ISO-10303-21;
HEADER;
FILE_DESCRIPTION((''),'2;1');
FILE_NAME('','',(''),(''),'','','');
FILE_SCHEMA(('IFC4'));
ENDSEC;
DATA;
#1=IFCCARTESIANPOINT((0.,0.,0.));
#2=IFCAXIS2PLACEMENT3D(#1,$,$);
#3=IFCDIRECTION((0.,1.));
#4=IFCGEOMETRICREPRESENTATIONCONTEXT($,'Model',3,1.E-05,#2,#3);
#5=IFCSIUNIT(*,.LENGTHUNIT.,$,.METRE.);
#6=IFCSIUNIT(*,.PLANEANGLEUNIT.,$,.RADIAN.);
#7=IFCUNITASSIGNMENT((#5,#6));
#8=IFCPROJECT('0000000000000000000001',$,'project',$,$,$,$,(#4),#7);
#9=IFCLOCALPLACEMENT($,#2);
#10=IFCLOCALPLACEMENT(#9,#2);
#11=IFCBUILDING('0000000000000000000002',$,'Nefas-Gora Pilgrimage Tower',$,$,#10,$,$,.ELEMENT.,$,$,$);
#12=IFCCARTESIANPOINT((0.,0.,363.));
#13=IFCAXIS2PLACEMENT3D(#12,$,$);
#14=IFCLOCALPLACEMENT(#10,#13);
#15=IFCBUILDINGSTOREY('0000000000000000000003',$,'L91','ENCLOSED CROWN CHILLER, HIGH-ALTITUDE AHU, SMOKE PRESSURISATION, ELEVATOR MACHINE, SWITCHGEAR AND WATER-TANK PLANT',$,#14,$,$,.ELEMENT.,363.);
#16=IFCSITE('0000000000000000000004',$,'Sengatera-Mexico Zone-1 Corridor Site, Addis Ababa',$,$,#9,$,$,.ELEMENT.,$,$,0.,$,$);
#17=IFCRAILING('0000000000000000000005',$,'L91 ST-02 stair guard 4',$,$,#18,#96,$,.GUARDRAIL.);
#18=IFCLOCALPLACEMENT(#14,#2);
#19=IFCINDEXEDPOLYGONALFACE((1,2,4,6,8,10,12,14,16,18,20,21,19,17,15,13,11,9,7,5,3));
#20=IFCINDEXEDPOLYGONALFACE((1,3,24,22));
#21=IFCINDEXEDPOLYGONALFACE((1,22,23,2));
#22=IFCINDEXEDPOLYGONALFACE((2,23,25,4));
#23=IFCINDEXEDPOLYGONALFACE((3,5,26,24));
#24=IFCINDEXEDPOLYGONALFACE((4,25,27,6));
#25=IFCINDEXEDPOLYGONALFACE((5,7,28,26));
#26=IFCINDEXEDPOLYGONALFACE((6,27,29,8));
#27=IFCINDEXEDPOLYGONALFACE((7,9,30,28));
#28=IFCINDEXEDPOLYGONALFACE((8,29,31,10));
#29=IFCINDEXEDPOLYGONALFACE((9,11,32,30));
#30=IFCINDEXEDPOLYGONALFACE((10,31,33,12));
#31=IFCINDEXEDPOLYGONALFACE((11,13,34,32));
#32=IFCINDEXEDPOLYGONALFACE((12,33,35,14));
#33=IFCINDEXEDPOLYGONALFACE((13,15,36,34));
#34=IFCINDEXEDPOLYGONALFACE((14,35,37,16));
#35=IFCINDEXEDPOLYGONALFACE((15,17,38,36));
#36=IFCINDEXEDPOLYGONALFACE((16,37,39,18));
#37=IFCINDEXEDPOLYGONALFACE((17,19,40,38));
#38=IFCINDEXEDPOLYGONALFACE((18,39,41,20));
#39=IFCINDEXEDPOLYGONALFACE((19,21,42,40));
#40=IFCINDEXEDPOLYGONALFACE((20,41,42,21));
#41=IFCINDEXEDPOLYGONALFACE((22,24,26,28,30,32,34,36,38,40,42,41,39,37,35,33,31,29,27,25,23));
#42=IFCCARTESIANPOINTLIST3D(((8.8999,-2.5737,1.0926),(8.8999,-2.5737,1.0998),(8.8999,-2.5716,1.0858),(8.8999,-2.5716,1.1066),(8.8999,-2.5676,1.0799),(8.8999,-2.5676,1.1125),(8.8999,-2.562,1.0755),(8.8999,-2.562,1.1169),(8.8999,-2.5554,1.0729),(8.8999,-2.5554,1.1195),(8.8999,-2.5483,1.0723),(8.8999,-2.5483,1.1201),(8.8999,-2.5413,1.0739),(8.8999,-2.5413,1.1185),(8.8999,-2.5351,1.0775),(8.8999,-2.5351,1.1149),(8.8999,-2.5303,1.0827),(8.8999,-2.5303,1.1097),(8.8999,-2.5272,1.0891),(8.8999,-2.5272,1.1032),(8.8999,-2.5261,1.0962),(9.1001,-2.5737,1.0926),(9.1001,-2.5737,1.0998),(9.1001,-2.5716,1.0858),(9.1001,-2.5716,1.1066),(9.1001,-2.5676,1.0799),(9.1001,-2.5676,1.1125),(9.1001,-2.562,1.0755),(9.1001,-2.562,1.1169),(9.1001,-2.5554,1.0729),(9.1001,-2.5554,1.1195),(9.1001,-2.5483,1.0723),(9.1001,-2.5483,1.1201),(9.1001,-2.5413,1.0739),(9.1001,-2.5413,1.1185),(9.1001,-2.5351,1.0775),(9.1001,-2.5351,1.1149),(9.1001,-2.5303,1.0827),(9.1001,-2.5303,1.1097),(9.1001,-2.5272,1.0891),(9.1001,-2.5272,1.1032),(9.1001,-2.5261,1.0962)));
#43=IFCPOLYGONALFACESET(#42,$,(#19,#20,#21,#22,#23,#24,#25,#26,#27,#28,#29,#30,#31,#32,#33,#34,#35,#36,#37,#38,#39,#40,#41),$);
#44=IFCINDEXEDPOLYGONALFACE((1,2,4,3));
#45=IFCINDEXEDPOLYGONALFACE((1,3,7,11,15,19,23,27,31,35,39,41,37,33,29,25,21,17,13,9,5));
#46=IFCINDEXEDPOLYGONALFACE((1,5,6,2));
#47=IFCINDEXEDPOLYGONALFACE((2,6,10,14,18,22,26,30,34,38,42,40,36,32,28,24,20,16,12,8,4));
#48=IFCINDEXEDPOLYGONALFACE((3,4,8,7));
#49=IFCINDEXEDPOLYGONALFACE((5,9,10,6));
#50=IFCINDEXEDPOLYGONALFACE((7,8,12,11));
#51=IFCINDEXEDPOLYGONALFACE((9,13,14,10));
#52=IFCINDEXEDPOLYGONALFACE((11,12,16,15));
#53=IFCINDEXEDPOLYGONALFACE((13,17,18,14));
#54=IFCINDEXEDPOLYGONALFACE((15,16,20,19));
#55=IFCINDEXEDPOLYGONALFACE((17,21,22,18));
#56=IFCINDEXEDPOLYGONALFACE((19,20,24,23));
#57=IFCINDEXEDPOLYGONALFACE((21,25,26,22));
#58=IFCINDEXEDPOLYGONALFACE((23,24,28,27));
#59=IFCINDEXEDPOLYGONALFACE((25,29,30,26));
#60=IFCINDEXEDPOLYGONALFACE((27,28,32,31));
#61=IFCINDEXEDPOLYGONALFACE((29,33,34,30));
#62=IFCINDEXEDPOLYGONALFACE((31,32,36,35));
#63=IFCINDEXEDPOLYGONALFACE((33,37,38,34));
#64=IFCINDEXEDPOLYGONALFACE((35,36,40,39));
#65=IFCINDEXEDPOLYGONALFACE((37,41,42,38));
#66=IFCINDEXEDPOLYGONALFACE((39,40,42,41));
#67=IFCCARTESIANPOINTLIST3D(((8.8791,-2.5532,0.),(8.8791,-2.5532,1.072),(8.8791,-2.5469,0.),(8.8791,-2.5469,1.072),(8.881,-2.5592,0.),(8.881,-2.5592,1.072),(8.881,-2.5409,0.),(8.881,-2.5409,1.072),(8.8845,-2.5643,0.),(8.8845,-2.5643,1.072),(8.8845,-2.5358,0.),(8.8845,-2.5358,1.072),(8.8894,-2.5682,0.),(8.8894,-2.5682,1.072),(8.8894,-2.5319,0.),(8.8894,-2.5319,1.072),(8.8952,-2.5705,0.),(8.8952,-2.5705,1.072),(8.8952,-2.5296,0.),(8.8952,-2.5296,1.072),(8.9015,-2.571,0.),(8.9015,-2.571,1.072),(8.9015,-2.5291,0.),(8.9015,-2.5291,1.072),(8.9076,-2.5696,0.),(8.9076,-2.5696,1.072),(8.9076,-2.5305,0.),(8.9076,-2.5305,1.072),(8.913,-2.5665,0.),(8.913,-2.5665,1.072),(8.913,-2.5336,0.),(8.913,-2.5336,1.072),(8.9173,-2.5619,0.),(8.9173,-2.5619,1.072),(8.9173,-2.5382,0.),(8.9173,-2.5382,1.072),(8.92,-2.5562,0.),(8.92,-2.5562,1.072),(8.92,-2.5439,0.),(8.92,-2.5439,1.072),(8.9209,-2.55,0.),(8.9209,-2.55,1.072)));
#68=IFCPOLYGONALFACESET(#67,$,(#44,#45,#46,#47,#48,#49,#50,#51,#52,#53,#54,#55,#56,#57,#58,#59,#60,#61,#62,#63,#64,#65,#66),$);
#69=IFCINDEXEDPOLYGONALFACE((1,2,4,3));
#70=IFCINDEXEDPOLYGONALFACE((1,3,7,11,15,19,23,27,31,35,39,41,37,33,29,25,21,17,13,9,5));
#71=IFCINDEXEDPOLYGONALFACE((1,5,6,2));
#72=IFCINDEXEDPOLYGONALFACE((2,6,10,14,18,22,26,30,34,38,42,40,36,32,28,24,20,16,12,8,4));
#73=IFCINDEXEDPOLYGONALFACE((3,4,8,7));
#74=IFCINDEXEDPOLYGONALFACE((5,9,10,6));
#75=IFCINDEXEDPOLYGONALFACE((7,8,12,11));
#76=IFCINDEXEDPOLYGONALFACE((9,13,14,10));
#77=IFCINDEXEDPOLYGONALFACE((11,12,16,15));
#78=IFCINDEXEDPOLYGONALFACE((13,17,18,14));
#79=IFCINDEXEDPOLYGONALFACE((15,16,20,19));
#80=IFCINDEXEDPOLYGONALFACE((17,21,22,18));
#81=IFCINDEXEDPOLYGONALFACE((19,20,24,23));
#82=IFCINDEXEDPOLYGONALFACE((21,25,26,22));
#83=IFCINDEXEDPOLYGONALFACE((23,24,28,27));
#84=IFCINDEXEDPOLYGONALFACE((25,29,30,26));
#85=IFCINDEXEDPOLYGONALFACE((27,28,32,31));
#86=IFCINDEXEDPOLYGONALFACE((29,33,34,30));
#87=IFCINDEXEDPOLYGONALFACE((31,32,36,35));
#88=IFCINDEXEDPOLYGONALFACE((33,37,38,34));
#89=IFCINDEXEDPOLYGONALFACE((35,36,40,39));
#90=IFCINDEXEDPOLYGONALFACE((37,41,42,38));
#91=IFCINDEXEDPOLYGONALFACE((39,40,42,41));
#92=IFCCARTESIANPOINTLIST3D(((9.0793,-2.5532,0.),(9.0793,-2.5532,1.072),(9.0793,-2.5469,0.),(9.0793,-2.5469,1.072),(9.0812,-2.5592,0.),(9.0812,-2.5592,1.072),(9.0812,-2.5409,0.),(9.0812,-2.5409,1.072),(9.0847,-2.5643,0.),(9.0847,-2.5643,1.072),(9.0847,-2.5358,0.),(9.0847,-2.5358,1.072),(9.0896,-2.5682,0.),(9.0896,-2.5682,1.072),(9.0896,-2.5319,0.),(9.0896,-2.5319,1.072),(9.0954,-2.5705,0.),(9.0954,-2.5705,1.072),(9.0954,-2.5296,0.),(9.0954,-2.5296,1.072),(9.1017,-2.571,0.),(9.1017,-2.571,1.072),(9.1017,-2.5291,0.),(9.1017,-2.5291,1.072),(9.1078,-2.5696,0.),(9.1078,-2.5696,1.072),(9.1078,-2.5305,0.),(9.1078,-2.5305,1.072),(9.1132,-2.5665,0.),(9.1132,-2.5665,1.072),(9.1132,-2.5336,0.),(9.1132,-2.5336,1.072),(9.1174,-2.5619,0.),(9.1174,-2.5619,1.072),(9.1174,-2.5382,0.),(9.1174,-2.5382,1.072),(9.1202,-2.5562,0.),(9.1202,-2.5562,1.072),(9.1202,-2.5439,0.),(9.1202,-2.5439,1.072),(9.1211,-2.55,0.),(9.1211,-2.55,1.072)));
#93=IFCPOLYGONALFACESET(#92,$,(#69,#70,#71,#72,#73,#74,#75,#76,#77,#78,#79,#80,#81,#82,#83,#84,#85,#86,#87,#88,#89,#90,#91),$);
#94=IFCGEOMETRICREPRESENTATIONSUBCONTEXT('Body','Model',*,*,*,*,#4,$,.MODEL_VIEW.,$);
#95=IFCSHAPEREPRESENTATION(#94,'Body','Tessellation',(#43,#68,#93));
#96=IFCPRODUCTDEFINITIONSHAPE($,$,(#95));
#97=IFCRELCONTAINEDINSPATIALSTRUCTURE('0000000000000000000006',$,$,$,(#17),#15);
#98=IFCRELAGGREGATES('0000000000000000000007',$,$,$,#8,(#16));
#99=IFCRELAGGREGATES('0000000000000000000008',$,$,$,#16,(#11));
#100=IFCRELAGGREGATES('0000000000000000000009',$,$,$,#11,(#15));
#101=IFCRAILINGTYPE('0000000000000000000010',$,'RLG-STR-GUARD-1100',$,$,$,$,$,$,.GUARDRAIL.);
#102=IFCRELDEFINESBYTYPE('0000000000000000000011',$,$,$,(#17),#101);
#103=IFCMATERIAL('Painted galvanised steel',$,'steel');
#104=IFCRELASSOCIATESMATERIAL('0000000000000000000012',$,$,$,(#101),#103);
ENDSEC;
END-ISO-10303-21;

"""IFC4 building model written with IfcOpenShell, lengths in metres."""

from ifc_helpers import new_model, si_unit, direction, frame, origin, origin_2d, place, context, subcontext, project, spatial, circle, extrude, material, type_object, element, save


model = new_model("IFC4")

# Units and contexts
model_context = context("Model", 3, precision=1e-05, world=origin(), true_north=direction((0.0, 1.0)))
body_context = subcontext(model_context, "Body", "Model", "MODEL_VIEW")
ifc_project = project(units=[si_unit("LENGTHUNIT", "METRE"), si_unit("PLANEANGLEUNIT", "RADIAN")], contexts=[model_context])

# Site, building, storey
site_placement = place(None, origin())
site = spatial("IfcSite", under=ifc_project, at=site_placement, Name="Sengatera-Mexico Zone-1 Corridor Site, Addis Ababa", CompositionType="ELEMENT", RefElevation=0.0)
building_placement = place(site_placement, origin())
building = spatial("IfcBuilding", under=site, at=building_placement, Name="Nefas-Gora Pilgrimage Tower", CompositionType="ELEMENT")
storey_placement = place(building_placement, frame((0.0, 0.0, 363.0)))
storey = spatial("IfcBuildingStorey", under=building, at=storey_placement, Name="L91", Description="ENCLOSED CROWN CHILLER, HIGH-ALTITUDE AHU, SMOKE PRESSURISATION, ELEVATOR MACHINE, SWITCHGEAR AND WATER-TANK PLANT", CompositionType="ELEMENT", Elevation=363.0)

# Railing
ifc_material_1 = material(Name="Painted galvanised steel", Category="steel")
railing_type_1 = type_object("IfcRailingType", Name="RLG-STR-GUARD-1100", PredefinedType="GUARDRAIL", material=ifc_material_1)
railing_1_placement = place(storey_placement, frame((8.8999, -2.55, 0.0)))
element("IfcRailing", 1, at=railing_1_placement, inside=storey, type_object=railing_type_1, Name="L91 ST-02 stair guard 4", PredefinedType="GUARDRAIL", context=body_context, shape_type="SweptSolid", body=[
    extrude(circle(Radius=0.0239, at=origin_2d()), frame((0.0, 0.0, 1.0962), z_axis=(1.0, 0.0, 0.0), x_axis=(0.0, 1.0, 0.0)), (0.0, 0.0, 1.0), 0.2002),
    extrude(circle(Radius=0.021, at=origin_2d()), origin(), (0.0, 0.0, 1.0), 1.072),
    extrude(circle(Radius=0.021, at=origin_2d()), frame((0.2002, 0.0, 0.0)), (0.0, 0.0, 1.0), 1.072),
])

save(model, "model.ifc")
